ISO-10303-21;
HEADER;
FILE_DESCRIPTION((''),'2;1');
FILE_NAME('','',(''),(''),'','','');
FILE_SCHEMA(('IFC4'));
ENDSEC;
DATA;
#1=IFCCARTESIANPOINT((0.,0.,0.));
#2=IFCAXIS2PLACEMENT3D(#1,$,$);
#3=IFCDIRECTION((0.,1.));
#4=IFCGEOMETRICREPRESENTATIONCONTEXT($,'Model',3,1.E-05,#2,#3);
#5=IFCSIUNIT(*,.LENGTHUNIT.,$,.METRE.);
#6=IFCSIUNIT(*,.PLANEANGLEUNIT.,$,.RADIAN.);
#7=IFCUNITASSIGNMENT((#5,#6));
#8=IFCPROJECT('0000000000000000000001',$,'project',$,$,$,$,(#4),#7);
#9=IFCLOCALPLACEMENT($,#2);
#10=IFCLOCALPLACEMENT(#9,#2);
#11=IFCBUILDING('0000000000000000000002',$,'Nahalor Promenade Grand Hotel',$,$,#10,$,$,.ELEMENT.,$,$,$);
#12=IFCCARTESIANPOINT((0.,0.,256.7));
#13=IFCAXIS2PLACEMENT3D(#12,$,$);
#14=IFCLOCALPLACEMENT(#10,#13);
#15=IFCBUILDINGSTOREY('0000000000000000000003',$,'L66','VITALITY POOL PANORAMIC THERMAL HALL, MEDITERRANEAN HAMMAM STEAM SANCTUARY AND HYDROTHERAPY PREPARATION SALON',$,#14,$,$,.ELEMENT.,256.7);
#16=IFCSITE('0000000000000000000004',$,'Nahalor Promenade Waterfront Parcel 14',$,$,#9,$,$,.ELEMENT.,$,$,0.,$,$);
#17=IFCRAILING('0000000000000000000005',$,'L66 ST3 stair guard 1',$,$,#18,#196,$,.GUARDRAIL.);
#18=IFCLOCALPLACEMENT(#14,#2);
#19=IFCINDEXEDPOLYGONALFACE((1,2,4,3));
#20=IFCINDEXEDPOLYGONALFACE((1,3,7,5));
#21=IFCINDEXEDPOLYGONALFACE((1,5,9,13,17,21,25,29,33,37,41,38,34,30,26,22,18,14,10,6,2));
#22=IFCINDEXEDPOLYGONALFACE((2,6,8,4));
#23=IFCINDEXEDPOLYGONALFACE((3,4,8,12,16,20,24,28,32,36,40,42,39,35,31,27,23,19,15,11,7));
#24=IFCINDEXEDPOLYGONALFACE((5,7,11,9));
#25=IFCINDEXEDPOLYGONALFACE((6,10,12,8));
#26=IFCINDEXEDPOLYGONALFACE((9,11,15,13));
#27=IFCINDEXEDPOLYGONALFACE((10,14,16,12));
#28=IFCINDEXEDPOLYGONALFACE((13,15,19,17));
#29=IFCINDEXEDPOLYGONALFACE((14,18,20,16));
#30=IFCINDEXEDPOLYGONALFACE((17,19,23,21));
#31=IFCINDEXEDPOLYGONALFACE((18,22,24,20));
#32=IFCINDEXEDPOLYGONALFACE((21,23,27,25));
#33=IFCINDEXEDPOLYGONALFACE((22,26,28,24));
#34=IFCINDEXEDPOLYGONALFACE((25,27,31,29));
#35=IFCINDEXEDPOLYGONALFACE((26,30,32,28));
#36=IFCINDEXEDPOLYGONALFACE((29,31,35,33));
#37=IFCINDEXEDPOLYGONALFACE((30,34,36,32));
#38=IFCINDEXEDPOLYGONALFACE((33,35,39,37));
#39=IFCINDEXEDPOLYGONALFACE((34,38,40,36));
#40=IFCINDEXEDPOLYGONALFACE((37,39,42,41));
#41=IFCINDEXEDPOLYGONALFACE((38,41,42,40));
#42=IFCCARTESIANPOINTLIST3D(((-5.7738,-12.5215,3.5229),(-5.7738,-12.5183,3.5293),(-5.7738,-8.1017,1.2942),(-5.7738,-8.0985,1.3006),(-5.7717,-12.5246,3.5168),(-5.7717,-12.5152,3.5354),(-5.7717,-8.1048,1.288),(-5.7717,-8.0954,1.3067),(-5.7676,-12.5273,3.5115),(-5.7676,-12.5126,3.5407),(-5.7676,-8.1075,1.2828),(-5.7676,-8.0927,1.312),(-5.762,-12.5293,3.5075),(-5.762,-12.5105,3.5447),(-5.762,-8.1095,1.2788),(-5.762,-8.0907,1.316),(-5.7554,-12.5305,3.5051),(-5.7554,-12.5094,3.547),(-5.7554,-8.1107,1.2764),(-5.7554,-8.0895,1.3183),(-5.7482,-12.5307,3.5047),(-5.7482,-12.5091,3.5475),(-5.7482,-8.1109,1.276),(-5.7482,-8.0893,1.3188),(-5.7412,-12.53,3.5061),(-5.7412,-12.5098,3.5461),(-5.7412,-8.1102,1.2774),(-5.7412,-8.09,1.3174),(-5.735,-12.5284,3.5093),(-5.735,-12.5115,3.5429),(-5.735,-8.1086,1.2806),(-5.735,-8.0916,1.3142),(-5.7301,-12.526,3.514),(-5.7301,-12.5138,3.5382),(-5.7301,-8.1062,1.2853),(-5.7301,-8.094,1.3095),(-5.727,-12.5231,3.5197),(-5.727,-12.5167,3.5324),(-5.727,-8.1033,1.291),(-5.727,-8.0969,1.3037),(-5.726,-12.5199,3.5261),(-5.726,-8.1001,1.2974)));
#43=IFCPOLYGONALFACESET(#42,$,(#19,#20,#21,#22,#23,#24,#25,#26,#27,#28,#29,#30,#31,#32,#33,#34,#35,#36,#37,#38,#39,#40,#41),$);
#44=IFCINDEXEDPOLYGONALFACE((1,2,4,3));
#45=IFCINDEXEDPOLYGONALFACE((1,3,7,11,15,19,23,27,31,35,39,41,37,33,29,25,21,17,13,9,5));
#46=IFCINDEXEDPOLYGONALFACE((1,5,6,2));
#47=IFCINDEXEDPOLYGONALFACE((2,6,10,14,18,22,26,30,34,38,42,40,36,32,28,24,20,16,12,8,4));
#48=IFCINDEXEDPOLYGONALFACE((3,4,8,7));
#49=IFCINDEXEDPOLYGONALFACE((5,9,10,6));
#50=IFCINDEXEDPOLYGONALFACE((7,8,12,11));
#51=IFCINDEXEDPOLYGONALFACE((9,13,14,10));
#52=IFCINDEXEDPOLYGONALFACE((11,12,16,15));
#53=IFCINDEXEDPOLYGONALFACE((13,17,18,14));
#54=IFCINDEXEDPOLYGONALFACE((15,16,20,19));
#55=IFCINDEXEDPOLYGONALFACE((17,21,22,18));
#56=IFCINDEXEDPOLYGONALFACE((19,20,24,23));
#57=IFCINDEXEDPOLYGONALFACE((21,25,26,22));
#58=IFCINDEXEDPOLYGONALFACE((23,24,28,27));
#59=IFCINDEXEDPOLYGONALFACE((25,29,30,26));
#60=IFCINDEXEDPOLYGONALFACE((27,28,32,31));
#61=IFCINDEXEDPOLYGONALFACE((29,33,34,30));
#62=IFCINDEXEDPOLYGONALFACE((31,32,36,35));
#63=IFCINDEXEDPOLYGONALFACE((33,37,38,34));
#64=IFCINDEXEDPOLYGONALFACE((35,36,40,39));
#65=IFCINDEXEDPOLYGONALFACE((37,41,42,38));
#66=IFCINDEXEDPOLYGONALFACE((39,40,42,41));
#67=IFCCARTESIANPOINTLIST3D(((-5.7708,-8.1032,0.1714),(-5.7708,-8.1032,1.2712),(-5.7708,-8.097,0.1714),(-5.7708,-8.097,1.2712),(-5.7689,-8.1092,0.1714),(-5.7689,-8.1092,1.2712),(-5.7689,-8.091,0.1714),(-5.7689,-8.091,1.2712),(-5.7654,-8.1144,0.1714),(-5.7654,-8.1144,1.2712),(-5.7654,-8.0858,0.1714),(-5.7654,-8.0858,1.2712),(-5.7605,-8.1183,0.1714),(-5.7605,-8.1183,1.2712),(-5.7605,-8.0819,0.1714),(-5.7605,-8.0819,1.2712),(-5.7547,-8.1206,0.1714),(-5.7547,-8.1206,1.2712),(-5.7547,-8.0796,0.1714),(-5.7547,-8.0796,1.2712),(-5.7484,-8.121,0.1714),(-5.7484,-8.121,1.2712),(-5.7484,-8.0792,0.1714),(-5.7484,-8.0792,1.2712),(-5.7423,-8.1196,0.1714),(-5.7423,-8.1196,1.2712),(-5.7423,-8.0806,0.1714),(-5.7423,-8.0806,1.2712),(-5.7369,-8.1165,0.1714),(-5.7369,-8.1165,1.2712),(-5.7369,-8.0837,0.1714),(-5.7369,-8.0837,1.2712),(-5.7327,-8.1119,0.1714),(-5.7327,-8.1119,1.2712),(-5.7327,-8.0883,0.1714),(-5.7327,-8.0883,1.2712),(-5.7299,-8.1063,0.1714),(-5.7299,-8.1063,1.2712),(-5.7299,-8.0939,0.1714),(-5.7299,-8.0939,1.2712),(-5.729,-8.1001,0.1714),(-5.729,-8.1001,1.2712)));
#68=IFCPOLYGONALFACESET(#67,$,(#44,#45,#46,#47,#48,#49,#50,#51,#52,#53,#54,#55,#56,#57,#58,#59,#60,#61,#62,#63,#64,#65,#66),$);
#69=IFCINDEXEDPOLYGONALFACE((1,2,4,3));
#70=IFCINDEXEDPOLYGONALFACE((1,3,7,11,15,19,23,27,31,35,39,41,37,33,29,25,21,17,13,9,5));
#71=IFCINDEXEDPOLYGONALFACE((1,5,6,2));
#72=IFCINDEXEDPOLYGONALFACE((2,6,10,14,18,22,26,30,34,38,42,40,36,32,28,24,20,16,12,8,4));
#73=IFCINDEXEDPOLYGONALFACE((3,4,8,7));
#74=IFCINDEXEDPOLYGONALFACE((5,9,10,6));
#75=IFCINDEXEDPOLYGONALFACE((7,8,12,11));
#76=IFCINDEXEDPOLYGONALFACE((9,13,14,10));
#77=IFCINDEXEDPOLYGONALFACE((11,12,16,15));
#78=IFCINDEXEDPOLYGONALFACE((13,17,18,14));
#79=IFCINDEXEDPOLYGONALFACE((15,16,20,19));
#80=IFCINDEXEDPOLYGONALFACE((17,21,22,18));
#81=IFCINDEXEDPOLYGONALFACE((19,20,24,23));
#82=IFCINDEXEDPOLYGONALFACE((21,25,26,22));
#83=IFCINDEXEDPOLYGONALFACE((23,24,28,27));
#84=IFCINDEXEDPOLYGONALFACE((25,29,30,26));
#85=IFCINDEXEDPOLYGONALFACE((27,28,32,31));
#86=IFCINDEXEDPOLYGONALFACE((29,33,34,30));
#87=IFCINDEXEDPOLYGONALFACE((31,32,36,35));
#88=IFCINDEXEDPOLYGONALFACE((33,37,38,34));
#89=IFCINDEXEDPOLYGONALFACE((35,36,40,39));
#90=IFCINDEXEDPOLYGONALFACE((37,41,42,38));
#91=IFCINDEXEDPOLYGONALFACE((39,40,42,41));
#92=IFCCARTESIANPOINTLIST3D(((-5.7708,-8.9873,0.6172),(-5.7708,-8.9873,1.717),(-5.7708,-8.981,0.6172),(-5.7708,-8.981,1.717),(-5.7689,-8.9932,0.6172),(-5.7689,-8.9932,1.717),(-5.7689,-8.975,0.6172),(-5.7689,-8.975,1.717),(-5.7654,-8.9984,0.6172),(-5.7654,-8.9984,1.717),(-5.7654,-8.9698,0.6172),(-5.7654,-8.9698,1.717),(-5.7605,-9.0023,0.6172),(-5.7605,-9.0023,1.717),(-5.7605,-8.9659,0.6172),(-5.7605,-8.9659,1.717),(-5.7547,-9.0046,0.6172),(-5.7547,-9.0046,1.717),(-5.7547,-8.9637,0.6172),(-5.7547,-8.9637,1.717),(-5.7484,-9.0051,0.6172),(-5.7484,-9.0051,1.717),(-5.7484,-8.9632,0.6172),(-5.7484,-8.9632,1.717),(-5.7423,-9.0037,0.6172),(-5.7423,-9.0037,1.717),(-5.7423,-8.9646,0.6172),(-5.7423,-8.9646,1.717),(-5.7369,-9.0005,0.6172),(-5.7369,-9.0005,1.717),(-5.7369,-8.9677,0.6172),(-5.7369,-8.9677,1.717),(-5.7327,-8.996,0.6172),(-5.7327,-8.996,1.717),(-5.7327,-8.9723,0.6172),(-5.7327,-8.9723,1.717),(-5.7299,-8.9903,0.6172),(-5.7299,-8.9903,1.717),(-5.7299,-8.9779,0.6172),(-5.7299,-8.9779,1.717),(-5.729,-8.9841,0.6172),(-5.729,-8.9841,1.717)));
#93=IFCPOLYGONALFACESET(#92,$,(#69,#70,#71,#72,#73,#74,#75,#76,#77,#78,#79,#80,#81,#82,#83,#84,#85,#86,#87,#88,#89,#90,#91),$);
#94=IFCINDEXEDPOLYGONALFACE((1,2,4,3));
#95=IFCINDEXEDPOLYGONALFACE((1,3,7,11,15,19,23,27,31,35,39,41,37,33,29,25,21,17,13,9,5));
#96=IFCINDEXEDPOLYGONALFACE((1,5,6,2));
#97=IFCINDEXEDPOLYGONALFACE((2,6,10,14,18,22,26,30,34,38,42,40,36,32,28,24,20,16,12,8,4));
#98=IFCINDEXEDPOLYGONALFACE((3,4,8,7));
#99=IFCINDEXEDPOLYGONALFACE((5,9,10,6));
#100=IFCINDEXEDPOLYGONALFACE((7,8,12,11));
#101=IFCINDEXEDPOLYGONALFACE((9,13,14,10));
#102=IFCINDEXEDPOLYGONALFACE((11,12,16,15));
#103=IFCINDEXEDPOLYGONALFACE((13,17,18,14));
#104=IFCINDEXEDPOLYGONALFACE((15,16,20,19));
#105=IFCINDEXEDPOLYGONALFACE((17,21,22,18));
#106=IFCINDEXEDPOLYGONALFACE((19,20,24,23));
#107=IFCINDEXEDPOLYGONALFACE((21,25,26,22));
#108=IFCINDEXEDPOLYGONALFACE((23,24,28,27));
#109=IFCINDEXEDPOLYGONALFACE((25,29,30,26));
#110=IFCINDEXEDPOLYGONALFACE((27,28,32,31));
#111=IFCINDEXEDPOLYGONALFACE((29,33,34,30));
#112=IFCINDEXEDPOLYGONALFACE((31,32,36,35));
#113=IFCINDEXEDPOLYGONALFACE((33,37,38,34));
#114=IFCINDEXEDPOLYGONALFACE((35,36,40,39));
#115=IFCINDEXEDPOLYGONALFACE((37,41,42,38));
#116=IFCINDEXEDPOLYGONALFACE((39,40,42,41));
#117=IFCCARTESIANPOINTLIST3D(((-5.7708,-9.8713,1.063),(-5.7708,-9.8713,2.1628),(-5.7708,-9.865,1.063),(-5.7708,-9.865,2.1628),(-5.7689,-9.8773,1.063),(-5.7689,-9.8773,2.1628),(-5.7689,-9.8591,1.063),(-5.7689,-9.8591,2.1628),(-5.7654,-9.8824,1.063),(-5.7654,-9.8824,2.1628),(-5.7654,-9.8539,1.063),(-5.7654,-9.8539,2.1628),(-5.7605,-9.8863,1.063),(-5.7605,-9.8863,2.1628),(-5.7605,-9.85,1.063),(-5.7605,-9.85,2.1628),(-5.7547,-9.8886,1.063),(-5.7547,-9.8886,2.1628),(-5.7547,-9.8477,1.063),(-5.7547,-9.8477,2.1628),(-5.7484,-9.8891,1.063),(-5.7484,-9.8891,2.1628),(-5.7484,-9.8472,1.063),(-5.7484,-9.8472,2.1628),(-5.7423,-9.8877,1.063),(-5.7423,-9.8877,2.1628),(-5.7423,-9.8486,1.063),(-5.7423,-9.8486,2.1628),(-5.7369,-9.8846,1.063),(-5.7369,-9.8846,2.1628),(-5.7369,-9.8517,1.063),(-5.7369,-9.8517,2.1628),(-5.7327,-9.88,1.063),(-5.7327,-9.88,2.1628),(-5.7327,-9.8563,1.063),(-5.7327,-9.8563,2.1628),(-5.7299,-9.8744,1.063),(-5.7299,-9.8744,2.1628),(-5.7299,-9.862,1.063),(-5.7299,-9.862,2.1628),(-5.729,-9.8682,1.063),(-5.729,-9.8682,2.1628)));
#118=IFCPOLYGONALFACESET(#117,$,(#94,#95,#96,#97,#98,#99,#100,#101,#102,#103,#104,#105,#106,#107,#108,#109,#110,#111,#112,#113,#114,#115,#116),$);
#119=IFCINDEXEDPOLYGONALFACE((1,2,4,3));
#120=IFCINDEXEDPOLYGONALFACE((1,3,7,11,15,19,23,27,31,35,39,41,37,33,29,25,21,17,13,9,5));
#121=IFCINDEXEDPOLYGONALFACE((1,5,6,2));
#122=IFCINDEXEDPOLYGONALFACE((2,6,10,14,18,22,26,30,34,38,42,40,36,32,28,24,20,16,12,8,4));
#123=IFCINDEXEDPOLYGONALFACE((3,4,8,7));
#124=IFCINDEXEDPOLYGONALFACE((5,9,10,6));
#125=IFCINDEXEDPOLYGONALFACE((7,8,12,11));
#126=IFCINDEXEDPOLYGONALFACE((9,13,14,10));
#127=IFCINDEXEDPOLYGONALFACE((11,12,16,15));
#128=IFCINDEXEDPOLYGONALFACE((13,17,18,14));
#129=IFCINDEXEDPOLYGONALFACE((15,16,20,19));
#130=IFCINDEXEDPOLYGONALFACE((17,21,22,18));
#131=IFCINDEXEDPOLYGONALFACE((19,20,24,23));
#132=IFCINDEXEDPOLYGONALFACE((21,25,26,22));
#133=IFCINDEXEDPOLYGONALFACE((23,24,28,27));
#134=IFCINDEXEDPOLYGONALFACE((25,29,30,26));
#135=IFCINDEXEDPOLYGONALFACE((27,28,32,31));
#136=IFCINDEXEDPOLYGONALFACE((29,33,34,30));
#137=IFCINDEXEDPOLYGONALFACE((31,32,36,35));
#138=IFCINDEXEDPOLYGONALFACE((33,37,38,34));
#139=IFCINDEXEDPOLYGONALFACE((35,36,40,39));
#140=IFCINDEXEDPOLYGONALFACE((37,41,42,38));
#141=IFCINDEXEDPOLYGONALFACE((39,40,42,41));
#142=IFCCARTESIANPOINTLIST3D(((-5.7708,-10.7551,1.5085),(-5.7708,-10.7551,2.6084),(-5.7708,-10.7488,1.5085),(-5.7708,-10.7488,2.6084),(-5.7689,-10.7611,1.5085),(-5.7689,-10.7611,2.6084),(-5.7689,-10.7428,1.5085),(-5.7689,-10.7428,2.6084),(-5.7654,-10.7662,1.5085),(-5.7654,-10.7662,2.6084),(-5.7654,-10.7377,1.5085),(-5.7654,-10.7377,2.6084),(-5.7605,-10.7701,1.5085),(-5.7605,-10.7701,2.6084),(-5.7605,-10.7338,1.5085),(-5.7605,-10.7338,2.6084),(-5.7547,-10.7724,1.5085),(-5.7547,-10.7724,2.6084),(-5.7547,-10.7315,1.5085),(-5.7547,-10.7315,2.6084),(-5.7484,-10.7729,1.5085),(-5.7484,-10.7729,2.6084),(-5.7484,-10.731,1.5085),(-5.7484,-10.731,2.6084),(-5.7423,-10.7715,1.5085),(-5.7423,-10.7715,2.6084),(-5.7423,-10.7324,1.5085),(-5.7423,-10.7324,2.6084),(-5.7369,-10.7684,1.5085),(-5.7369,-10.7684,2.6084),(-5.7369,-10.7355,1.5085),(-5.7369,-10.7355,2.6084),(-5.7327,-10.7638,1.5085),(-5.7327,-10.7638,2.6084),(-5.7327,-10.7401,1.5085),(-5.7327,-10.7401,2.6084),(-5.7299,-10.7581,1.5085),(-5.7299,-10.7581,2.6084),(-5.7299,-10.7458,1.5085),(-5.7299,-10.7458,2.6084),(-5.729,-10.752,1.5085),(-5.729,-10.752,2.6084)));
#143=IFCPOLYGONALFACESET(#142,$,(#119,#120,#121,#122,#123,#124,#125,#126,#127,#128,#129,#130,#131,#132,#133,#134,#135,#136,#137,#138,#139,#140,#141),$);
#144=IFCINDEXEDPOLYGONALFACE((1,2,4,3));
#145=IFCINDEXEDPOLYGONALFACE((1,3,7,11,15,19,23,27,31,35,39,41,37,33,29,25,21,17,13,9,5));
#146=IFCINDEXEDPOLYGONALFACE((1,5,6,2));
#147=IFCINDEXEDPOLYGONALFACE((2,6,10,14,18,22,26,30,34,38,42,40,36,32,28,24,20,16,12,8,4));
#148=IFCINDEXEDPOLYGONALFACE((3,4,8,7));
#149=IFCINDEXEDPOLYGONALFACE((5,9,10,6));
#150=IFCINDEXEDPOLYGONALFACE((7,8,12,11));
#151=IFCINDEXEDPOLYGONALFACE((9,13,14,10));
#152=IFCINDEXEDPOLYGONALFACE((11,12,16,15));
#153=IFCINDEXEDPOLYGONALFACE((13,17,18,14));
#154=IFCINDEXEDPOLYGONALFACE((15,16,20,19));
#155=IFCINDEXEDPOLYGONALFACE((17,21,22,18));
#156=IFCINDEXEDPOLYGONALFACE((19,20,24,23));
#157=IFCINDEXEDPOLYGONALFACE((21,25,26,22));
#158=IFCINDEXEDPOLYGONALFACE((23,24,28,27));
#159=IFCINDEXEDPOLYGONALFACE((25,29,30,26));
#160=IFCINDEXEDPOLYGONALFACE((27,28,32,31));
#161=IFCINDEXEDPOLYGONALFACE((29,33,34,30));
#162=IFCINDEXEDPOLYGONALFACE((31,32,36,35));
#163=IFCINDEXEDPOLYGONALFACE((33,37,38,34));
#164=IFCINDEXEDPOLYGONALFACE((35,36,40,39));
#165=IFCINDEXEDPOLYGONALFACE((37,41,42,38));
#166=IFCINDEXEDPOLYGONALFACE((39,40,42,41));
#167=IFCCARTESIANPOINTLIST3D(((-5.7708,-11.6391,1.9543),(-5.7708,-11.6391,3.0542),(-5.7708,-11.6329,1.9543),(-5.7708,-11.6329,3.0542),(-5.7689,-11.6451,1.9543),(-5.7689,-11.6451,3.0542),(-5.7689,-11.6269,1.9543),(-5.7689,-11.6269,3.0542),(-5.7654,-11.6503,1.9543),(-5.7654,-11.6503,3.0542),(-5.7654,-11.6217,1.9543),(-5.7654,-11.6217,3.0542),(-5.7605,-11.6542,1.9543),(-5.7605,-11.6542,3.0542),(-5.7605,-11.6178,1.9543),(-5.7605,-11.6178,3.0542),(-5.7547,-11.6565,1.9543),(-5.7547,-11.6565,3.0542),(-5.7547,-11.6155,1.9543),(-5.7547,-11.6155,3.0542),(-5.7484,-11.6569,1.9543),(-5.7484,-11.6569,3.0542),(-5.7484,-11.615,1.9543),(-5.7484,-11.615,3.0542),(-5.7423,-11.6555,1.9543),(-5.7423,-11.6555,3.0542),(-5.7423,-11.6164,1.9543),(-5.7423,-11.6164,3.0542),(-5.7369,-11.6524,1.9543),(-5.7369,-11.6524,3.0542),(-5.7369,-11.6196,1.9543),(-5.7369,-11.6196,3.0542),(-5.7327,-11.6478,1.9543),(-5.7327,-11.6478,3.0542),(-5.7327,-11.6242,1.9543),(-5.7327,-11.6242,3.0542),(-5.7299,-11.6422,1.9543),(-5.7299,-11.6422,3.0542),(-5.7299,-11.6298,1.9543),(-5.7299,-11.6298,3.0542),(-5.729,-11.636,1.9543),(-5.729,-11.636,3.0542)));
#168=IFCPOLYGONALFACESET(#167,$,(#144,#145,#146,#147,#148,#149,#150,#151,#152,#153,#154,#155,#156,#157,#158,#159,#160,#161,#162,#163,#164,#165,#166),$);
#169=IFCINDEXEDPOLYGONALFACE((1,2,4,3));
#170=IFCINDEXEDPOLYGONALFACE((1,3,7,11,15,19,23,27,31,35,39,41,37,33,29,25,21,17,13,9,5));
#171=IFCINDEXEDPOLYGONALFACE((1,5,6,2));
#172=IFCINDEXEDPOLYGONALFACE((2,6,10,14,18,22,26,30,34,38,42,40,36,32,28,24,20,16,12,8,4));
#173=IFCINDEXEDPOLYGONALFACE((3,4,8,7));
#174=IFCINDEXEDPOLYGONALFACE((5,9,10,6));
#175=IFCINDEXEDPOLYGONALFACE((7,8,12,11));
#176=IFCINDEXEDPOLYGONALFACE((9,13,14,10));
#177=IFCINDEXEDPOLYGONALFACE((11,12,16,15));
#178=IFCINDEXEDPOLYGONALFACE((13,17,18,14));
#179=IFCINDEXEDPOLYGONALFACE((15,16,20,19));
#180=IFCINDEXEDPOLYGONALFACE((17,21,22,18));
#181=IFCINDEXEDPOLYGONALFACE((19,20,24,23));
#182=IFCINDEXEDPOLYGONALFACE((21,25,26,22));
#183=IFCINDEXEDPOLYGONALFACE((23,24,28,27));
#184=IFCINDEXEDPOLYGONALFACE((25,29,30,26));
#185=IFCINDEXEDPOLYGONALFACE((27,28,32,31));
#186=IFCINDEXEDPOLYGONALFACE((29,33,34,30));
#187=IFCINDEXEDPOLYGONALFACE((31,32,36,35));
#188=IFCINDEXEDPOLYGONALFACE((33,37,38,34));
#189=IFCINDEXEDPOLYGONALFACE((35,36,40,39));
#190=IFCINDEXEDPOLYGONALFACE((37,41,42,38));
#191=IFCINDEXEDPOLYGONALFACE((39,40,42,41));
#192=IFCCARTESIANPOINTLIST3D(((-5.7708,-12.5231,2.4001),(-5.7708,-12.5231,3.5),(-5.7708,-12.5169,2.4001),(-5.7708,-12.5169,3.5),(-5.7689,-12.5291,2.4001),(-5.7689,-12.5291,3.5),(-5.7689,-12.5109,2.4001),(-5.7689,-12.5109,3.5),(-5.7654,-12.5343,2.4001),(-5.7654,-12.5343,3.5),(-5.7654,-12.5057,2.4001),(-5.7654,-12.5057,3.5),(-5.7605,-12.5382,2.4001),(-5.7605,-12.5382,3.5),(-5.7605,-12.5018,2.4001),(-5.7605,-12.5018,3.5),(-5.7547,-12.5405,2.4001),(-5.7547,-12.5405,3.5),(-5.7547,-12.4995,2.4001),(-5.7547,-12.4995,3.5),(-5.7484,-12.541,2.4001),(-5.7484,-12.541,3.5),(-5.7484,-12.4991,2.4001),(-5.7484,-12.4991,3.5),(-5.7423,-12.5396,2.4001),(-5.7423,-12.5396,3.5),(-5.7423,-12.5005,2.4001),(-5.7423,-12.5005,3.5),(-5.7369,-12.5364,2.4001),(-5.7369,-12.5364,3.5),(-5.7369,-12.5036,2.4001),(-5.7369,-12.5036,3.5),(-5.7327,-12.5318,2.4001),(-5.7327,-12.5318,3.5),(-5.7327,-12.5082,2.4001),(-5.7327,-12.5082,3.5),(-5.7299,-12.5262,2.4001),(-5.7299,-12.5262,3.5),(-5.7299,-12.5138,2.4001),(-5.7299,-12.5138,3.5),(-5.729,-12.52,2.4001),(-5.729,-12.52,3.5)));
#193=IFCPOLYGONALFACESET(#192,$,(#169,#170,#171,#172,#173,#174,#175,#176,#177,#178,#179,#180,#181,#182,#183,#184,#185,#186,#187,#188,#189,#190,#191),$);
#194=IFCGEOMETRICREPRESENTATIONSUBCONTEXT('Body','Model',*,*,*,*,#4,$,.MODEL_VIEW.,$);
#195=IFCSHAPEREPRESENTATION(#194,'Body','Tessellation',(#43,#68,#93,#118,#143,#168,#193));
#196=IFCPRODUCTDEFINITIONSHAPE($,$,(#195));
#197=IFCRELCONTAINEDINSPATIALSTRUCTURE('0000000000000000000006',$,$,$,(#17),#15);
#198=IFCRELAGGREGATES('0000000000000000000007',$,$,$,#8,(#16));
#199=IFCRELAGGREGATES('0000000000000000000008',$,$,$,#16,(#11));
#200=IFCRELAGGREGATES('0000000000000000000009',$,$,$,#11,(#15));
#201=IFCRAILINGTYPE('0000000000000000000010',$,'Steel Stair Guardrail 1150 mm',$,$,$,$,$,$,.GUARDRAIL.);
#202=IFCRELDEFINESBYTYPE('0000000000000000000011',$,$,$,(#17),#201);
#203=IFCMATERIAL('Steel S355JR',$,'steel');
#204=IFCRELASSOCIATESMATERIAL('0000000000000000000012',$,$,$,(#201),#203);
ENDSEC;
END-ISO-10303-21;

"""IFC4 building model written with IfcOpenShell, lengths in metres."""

from ifc_helpers import new_model, si_unit, direction, frame, origin, origin_2d, place, context, subcontext, project, spatial, circle, extrude, material, type_object, element, save


model = new_model("IFC4")

# Units and contexts
model_context = context("Model", 3, precision=1e-05, world=origin(), true_north=direction((0.0, 1.0)))
body_context = subcontext(model_context, "Body", "Model", "MODEL_VIEW")
ifc_project = project(units=[si_unit("LENGTHUNIT", "METRE"), si_unit("PLANEANGLEUNIT", "RADIAN")], contexts=[model_context])

# Site, building, storey
site_placement = place(None, origin())
site = spatial("IfcSite", under=ifc_project, at=site_placement, Name="Nahalor Promenade Waterfront Parcel 14", CompositionType="ELEMENT", RefElevation=0.0)
building_placement = place(site_placement, origin())
building = spatial("IfcBuilding", under=site, at=building_placement, Name="Nahalor Promenade Grand Hotel", CompositionType="ELEMENT")
storey_placement = place(building_placement, frame((0.0, 0.0, 256.7)))
storey = spatial("IfcBuildingStorey", under=building, at=storey_placement, Name="L66", Description="VITALITY POOL PANORAMIC THERMAL HALL, MEDITERRANEAN HAMMAM STEAM SANCTUARY AND HYDROTHERAPY PREPARATION SALON", CompositionType="ELEMENT", Elevation=256.7)

# Shared definitions
ifc_material_1 = material(Name="Steel S355JR", Category="steel")

# Railing
railing_type_1 = type_object("IfcRailingType", Name="Steel Stair Guardrail 1150 mm", PredefinedType="GUARDRAIL", material=ifc_material_1)
railing_1_placement = place(storey_placement, frame((-5.75, -8.1001, 0.1714)))
element("IfcRailing", 1, at=railing_1_placement, inside=storey, type_object=railing_type_1, Name="L66 ST3 stair guard 1", PredefinedType="GUARDRAIL", context=body_context, shape_type="SweptSolid", body=[
    extrude(circle(Radius=0.024, at=origin_2d()), frame((0.0, 0.0, 1.126), z_axis=(0.0, -0.892903, 0.450249), x_axis=(1.0, 0.0, 0.0)), (0.0, 0.0, 1.0), 4.95),
    extrude(circle(Radius=0.021, at=origin_2d()), origin(), (0.0, 0.0, 1.0), 1.0999),
    extrude(circle(Radius=0.021, at=origin_2d()), frame((0.0, -0.884, 0.4458)), (0.0, 0.0, 1.0), 1.0999),
    extrude(circle(Radius=0.021, at=origin_2d()), frame((0.0, -1.7681, 0.8916)), (0.0, 0.0, 1.0), 1.0999),
    extrude(circle(Radius=0.021, at=origin_2d()), frame((0.0, -2.6519, 1.3372)), (0.0, 0.0, 1.0), 1.0999),
    extrude(circle(Radius=0.021, at=origin_2d()), frame((0.0, -3.5359, 1.783)), (0.0, 0.0, 1.0), 1.0999),
    extrude(circle(Radius=0.021, at=origin_2d()), frame((0.0, -4.4199, 2.2288)), (0.0, 0.0, 1.0), 1.0999),
])

save(model, "model.ifc")
